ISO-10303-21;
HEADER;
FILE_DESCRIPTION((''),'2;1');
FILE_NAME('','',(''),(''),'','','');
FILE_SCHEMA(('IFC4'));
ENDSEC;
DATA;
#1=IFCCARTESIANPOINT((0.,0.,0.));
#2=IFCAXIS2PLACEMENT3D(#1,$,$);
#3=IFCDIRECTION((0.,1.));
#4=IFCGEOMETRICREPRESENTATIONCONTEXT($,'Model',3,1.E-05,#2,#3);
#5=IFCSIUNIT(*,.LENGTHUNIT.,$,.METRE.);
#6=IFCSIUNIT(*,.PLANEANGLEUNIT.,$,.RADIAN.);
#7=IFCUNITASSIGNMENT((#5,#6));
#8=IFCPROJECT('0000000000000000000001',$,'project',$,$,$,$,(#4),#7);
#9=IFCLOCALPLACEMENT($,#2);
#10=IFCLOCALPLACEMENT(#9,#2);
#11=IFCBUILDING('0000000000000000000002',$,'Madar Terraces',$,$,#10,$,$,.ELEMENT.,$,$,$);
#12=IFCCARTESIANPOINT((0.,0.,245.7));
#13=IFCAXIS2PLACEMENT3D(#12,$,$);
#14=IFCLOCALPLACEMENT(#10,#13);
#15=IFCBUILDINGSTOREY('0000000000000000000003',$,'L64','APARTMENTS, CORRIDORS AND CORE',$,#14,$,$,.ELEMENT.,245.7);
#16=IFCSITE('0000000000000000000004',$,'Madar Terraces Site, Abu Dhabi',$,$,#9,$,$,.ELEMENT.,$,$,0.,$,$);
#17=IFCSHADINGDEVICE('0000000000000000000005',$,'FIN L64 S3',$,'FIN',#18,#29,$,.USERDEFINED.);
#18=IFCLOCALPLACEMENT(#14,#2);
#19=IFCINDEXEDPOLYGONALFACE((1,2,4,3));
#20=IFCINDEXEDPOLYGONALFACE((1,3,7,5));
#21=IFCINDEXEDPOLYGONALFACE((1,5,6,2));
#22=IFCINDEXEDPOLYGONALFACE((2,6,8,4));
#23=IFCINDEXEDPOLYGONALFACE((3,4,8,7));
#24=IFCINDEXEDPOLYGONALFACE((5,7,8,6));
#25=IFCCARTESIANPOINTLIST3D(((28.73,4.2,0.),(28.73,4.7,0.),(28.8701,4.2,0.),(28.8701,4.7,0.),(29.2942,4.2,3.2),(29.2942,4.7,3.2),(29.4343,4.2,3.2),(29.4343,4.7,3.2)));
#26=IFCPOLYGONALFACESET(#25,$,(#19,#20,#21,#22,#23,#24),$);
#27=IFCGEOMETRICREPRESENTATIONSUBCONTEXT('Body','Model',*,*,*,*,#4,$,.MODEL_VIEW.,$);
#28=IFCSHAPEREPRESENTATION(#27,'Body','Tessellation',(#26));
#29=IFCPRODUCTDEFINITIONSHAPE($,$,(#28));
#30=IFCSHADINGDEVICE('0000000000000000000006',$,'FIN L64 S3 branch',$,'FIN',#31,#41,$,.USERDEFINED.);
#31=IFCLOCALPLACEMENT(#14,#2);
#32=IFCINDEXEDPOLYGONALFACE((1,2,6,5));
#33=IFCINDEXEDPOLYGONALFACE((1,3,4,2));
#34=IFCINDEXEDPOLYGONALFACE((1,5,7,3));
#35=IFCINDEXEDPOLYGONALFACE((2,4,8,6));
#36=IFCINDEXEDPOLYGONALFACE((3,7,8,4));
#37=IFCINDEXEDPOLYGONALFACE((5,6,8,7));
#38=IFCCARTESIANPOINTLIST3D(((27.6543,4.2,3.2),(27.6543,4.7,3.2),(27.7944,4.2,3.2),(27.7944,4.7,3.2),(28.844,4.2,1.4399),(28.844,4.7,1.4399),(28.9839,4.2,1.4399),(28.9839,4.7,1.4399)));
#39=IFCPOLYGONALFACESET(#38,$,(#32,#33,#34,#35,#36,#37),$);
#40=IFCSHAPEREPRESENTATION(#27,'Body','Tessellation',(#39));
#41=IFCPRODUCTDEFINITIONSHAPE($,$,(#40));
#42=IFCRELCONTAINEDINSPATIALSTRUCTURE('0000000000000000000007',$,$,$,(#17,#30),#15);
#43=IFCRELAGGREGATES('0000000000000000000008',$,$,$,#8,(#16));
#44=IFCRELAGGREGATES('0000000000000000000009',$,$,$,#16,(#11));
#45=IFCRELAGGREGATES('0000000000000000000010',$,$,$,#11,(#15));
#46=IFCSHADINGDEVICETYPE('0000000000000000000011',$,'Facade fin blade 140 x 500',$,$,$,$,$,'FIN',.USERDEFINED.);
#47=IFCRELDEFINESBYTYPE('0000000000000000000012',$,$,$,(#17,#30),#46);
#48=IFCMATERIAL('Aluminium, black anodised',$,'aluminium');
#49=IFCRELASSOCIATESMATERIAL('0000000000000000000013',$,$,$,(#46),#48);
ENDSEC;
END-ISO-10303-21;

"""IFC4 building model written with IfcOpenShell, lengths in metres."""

from ifc_helpers import new_model, si_unit, direction, frame, origin, place, context, subcontext, project, spatial, polyline, outline, extrude, material, type_object, element, save


model = new_model("IFC4")

# Units and contexts
model_context = context("Model", 3, precision=1e-05, world=origin(), true_north=direction((0.0, 1.0)))
body_context = subcontext(model_context, "Body", "Model", "MODEL_VIEW")
ifc_project = project(units=[si_unit("LENGTHUNIT", "METRE"), si_unit("PLANEANGLEUNIT", "RADIAN")], contexts=[model_context])

# Site, building, storey
site_placement = place(None, origin())
site = spatial("IfcSite", under=ifc_project, at=site_placement, Name="Madar Terraces Site, Abu Dhabi", CompositionType="ELEMENT", RefElevation=0.0)
building_placement = place(site_placement, origin())
building = spatial("IfcBuilding", under=site, at=building_placement, Name="Madar Terraces", CompositionType="ELEMENT")
storey_placement = place(building_placement, frame((0.0, 0.0, 245.7)))
storey = spatial("IfcBuildingStorey", under=building, at=storey_placement, Name="L64", Description="APARTMENTS, CORRIDORS AND CORE", CompositionType="ELEMENT", Elevation=245.7)

# Shading devices
ifc_material_1 = material(Name="Aluminium, black anodised", Category="aluminium")
shading_device_type = type_object("IfcShadingDeviceType", Name="Facade fin blade 140 x 500", ElementType="FIN", PredefinedType="USERDEFINED", material=ifc_material_1)
shading_device_1_placement = place(storey_placement, frame((28.73, 4.45, 0.0), z_axis=(0.0, 0.0, 1.0), x_axis=(1.0, 0.0, 0.0)))
element("IfcShadingDevice", 1, at=shading_device_1_placement, inside=storey, type_object=shading_device_type, Name="FIN L64 S3", ObjectType="FIN", PredefinedType="USERDEFINED", context=body_context, shape_type="SweptSolid", body=[
    extrude(outline(polyline([(0.0, 0.0), (0.1401, 0.0), (0.7043, 3.2), (0.5642, 3.2), (0.0, 0.0)])), frame((0.0, 0.25, 0.0), z_axis=(0.0, -1.0, 0.0), x_axis=(1.0, 0.0, 0.0)), (0.0, 0.0, 1.0), 0.5),
])
shading_device_2_placement = place(storey_placement, frame((28.844, 4.45, 1.4399), z_axis=(0.0, 0.0, 1.0), x_axis=(1.0, 0.0, 0.0)))
element("IfcShadingDevice", 2, at=shading_device_2_placement, inside=storey, type_object=shading_device_type, Name="FIN L64 S3 branch", ObjectType="FIN", PredefinedType="USERDEFINED", context=body_context, shape_type="SweptSolid", body=[
    extrude(outline(polyline([(0.0, 0.0), (0.1399, 0.0), (-1.0496, 1.76), (-1.1897, 1.76), (0.0, 0.0)])), frame((0.0, 0.25, 0.0), z_axis=(0.0, -1.0, 0.0), x_axis=(1.0, 0.0, 0.0)), (0.0, 0.0, 1.0), 0.5),
])

save(model, "model.ifc")
